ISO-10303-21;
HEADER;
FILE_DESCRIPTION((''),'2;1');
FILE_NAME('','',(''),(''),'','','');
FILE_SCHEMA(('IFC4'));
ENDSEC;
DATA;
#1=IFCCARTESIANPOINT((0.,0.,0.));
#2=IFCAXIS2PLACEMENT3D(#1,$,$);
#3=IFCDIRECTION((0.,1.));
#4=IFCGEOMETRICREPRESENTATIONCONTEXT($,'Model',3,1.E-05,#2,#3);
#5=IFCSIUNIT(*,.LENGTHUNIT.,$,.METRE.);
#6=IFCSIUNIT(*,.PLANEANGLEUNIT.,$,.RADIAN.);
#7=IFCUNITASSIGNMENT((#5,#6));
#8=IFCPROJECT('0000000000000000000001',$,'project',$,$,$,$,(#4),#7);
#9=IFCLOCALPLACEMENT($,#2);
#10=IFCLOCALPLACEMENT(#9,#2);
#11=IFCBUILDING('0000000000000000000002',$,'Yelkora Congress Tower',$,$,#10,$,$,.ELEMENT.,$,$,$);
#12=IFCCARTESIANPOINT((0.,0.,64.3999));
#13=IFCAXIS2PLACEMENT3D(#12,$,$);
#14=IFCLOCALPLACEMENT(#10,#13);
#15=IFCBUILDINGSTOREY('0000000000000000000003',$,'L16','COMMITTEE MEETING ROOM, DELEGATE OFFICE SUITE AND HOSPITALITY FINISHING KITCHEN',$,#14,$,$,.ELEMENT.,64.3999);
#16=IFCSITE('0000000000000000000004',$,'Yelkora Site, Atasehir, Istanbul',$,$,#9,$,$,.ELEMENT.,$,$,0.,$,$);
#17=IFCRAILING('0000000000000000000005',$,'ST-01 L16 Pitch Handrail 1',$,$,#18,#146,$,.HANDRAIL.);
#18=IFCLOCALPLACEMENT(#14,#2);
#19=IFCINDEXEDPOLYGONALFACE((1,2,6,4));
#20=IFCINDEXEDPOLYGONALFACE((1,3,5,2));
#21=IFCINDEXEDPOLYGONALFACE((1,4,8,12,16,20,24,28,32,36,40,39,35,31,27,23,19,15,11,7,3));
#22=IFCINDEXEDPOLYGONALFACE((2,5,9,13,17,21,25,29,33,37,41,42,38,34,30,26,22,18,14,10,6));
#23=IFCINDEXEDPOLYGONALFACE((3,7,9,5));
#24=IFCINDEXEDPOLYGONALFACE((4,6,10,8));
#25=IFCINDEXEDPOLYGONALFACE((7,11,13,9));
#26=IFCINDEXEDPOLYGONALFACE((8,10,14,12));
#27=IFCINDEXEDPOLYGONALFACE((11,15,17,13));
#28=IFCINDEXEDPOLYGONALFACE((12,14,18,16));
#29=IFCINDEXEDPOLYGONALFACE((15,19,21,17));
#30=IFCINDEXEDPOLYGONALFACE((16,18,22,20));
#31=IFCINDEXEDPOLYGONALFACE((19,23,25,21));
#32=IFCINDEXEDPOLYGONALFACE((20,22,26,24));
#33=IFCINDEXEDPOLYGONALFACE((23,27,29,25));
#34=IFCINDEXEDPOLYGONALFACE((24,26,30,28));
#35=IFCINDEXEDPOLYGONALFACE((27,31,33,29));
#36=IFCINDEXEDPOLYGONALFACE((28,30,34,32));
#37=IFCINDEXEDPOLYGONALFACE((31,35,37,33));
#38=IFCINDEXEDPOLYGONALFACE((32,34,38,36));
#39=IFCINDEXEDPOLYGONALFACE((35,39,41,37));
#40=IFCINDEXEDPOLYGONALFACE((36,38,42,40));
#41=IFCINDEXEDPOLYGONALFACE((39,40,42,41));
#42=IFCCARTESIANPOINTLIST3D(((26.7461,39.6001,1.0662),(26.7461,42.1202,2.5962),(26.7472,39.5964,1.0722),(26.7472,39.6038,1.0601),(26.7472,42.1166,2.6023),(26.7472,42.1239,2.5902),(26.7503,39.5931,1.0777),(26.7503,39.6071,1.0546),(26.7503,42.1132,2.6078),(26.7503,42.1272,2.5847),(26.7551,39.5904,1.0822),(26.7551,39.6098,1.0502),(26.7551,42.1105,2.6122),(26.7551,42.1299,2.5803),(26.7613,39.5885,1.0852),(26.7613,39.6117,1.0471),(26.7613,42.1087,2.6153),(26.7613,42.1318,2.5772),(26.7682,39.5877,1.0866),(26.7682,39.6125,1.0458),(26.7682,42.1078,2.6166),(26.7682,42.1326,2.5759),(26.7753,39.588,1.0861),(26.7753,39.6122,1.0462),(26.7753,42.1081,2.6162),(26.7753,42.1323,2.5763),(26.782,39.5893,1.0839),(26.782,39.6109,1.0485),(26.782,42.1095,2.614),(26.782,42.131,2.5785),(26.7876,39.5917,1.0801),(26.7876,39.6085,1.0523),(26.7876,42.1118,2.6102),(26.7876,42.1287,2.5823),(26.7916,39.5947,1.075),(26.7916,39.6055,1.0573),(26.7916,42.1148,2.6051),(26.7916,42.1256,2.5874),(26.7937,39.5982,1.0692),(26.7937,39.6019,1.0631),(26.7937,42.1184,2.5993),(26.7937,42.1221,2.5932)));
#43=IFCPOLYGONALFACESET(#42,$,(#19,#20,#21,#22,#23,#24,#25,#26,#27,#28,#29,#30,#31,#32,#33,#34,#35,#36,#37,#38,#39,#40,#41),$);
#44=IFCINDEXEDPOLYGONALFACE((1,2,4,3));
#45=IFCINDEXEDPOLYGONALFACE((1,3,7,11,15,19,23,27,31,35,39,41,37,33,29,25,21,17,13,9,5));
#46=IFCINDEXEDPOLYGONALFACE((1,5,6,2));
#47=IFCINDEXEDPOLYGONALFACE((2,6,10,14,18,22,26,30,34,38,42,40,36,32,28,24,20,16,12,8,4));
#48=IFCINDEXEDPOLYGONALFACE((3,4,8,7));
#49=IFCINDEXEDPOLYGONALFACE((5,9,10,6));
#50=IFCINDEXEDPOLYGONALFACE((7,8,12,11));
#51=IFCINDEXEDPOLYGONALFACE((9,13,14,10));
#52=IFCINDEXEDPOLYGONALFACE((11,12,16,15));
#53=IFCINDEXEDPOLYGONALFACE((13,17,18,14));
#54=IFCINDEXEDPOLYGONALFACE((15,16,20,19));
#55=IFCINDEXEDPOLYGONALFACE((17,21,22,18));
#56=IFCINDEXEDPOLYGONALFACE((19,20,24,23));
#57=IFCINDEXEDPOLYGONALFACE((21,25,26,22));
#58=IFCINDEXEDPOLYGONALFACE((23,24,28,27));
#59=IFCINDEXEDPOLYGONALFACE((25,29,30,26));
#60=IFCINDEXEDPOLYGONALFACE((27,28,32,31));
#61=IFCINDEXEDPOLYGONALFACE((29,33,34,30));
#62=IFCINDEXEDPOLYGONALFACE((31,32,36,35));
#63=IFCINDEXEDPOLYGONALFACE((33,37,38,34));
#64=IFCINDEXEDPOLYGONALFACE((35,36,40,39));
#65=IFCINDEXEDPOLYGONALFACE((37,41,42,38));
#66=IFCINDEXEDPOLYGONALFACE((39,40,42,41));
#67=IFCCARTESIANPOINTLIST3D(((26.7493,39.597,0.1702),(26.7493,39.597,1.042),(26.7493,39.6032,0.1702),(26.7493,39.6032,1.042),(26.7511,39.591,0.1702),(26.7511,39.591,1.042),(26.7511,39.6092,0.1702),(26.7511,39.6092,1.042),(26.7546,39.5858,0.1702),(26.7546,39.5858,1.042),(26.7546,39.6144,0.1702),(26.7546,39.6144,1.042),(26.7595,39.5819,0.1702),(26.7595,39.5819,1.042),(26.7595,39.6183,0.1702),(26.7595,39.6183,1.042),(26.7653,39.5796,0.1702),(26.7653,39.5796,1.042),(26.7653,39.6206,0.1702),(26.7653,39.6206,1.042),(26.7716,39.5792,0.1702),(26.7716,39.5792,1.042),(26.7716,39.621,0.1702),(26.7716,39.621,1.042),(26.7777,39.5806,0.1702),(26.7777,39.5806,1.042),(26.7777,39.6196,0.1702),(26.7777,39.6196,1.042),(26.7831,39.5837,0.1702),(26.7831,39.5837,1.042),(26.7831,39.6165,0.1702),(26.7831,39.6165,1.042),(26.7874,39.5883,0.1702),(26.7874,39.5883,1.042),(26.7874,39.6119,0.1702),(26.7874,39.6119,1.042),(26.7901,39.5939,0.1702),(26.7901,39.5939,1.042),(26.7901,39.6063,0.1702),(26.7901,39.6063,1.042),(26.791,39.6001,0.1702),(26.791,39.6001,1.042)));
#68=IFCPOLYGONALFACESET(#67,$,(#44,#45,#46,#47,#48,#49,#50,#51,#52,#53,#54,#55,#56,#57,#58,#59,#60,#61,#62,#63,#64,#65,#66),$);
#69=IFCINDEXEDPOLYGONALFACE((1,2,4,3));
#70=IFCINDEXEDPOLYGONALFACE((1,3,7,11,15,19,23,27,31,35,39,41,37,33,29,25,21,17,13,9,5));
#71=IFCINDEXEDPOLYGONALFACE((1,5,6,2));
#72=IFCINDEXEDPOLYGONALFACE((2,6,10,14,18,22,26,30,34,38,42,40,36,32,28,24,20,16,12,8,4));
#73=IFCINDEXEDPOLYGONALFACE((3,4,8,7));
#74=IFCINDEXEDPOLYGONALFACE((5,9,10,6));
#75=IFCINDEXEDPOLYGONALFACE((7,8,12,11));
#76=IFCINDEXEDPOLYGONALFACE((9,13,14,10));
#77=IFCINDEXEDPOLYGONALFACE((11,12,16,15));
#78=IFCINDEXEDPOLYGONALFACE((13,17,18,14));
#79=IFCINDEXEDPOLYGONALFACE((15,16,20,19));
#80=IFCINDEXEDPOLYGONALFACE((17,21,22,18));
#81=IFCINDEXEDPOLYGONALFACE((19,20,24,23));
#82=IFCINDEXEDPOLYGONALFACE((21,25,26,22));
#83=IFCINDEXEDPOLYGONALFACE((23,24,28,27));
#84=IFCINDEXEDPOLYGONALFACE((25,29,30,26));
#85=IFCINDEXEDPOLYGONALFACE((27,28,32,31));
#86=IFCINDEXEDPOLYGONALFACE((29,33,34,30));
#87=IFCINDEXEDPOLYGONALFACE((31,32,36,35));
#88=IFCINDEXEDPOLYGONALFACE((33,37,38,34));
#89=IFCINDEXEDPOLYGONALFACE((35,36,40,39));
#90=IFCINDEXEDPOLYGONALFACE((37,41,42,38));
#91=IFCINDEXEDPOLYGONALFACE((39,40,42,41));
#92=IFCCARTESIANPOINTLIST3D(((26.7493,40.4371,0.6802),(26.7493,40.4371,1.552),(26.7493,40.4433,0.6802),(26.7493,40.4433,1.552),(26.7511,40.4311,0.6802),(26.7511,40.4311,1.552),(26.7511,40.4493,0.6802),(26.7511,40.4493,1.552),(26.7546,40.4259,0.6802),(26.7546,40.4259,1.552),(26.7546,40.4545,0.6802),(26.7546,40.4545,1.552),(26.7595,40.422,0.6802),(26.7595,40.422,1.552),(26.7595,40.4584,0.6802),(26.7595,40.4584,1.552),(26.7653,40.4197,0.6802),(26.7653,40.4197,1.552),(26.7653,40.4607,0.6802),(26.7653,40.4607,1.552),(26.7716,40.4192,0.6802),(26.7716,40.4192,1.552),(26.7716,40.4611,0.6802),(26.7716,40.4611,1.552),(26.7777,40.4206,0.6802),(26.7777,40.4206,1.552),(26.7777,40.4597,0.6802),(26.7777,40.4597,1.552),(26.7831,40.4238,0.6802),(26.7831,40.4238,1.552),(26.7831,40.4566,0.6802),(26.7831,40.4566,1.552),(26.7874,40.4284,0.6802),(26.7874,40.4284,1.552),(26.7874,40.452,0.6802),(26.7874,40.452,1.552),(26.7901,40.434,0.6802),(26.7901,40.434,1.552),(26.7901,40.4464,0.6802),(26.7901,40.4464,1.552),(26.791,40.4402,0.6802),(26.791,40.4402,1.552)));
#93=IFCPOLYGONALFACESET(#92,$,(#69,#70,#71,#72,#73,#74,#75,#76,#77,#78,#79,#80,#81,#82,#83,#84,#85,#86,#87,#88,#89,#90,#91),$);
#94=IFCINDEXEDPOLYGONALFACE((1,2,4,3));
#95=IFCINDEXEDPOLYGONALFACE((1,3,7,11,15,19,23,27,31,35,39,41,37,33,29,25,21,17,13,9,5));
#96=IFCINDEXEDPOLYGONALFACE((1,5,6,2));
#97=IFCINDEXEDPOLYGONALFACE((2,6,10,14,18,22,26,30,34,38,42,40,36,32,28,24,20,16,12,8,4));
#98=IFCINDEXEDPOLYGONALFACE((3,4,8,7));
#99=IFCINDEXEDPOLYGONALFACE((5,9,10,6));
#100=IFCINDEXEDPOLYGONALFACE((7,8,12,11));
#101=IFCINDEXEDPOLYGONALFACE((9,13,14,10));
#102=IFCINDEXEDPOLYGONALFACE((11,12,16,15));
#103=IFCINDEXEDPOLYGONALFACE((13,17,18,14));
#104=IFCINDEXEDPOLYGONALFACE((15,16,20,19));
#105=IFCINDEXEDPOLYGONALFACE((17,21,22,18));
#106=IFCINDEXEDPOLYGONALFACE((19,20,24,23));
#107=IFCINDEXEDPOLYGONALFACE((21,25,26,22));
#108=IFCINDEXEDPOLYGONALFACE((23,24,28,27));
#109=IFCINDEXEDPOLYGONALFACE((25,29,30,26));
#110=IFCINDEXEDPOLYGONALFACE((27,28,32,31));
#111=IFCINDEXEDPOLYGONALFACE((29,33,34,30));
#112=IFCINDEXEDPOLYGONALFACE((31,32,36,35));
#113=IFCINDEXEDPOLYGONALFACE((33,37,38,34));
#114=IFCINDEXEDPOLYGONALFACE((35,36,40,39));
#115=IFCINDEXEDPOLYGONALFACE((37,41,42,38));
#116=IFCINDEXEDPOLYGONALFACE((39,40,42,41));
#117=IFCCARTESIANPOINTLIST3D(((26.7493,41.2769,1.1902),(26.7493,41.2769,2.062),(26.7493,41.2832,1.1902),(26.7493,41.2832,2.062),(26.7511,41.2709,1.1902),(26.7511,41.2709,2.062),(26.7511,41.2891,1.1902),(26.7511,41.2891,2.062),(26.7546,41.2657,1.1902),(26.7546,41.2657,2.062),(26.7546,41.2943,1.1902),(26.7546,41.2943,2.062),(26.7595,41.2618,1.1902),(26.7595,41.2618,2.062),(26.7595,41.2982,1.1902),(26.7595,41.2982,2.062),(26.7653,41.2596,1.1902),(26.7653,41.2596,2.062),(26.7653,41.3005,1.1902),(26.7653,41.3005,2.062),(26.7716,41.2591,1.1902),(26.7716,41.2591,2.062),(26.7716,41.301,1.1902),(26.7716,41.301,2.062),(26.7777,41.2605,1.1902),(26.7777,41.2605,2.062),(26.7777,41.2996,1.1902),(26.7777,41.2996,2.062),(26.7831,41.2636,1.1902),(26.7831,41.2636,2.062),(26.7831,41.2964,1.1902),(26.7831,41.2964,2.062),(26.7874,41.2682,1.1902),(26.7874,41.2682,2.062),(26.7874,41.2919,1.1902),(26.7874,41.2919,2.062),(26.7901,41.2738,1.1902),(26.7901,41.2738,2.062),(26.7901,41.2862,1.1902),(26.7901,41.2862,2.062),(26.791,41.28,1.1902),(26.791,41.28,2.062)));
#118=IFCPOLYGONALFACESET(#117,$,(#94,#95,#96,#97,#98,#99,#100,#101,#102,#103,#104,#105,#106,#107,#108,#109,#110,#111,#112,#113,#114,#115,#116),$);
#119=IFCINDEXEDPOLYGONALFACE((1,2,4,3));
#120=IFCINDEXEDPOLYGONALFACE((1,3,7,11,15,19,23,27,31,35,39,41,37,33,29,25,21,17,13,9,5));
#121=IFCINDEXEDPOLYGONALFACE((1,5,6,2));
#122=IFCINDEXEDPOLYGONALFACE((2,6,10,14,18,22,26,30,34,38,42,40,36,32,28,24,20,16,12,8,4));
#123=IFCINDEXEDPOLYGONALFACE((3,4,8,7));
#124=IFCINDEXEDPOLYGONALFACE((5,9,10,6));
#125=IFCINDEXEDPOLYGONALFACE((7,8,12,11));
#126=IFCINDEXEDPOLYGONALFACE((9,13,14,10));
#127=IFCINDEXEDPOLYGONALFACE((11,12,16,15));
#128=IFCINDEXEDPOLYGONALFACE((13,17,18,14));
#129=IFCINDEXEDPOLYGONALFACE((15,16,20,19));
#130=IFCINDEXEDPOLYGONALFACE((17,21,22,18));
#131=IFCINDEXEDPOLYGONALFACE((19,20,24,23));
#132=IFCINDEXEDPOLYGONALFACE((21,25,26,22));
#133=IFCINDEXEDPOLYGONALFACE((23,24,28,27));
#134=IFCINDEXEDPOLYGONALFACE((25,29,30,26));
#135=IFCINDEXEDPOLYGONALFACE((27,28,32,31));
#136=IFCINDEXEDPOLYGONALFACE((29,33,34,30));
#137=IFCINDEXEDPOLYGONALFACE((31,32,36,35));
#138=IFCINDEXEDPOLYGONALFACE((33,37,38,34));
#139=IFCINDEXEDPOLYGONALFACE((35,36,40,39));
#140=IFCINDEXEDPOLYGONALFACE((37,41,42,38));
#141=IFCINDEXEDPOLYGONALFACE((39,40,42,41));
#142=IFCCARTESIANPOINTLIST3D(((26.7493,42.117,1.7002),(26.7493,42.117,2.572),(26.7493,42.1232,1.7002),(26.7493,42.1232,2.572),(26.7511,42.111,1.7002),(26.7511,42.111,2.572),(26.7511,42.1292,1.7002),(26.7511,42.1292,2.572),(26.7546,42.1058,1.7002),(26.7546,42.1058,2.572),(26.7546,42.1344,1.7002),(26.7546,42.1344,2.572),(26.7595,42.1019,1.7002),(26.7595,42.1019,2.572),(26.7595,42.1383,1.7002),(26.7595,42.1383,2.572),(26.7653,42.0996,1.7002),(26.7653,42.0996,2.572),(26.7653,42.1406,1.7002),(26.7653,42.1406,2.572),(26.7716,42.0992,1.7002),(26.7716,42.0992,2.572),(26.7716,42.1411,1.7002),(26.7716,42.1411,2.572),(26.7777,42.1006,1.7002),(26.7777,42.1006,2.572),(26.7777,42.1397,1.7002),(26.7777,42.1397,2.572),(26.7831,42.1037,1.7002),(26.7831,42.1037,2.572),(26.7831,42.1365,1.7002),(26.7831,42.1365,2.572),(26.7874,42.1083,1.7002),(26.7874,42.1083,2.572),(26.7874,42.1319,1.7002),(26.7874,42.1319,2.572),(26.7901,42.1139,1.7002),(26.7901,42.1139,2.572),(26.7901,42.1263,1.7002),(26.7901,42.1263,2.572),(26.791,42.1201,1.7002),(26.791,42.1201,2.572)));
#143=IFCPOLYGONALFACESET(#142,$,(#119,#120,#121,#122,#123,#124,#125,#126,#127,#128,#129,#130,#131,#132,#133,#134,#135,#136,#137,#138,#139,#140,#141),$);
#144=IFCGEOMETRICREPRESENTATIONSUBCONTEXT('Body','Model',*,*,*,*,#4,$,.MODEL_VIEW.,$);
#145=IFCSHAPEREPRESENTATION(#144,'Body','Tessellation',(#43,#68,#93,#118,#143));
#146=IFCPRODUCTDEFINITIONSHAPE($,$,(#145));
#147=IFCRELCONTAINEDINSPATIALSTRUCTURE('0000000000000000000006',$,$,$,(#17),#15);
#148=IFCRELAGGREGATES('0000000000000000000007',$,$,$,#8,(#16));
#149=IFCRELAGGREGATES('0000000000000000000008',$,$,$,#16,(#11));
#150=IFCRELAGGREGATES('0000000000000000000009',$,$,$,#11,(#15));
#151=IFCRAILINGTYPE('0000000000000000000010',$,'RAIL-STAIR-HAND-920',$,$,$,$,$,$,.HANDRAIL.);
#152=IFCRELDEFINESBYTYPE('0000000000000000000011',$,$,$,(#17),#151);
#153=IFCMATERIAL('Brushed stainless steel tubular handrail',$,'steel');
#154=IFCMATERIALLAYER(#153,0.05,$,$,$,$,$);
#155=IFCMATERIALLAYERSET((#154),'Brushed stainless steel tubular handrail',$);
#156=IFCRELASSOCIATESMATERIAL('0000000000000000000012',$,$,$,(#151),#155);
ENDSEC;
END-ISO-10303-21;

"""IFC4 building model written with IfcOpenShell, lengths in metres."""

from ifc_helpers import new_model, si_unit, direction, frame, origin, origin_2d, place, context, subcontext, project, spatial, circle, extrude, material, layer, layer_set, type_object, element, save


model = new_model("IFC4")

# Units and contexts
model_context = context("Model", 3, precision=1e-05, world=origin(), true_north=direction((0.0, 1.0)))
body_context = subcontext(model_context, "Body", "Model", "MODEL_VIEW")
ifc_project = project(units=[si_unit("LENGTHUNIT", "METRE"), si_unit("PLANEANGLEUNIT", "RADIAN")], contexts=[model_context])

# Site, building, storey
site_placement = place(None, origin())
site = spatial("IfcSite", under=ifc_project, at=site_placement, Name="Yelkora Site, Atasehir, Istanbul", CompositionType="ELEMENT", RefElevation=0.0)
building_placement = place(site_placement, origin())
building = spatial("IfcBuilding", under=site, at=building_placement, Name="Yelkora Congress Tower", CompositionType="ELEMENT")
storey_placement = place(building_placement, frame((0.0, 0.0, 64.3999)))
storey = spatial("IfcBuildingStorey", under=building, at=storey_placement, Name="L16", Description="COMMITTEE MEETING ROOM, DELEGATE OFFICE SUITE AND HOSPITALITY FINISHING KITCHEN", CompositionType="ELEMENT", Elevation=64.3999)

# Railing
ifc_material_1 = material(Name="Brushed stainless steel tubular handrail", Category="steel")
ifc_layer_1 = layer(ifc_material_1, 0.05)
ifc_layer_set_1 = layer_set([ifc_layer_1], Name="Brushed stainless steel tubular handrail")
railing_type_1 = type_object("IfcRailingType", Name="RAIL-STAIR-HAND-920", PredefinedType="HANDRAIL", material=ifc_layer_set_1)
railing_1_placement = place(storey_placement, frame((26.77, 39.6001, 0.1702)))
element("IfcRailing", 1, at=railing_1_placement, inside=storey, type_object=railing_type_1, Name="ST-01 L16 Pitch Handrail 1", PredefinedType="HANDRAIL", context=body_context, shape_type="SweptSolid", body=[
    extrude(circle(Radius=0.0239, at=origin_2d()), frame((0.0, 0.0, 0.896), z_axis=(0.0, 0.854785, 0.518982), x_axis=(-1.0, 0.0, 0.0)), (0.0, 0.0, 1.0), 2.9482),
    extrude(circle(Radius=0.021, at=origin_2d()), origin(), (0.0, 0.0, 1.0), 0.8718),
    extrude(circle(Radius=0.021, at=origin_2d()), frame((0.0, 0.8401, 0.51)), (0.0, 0.0, 1.0), 0.8718),
    extrude(circle(Radius=0.021, at=origin_2d()), frame((0.0, 1.6799, 1.02)), (0.0, 0.0, 1.0), 0.8718),
    extrude(circle(Radius=0.021, at=origin_2d()), frame((0.0, 2.52, 1.53)), (0.0, 0.0, 1.0), 0.8718),
])

save(model, "model.ifc")
